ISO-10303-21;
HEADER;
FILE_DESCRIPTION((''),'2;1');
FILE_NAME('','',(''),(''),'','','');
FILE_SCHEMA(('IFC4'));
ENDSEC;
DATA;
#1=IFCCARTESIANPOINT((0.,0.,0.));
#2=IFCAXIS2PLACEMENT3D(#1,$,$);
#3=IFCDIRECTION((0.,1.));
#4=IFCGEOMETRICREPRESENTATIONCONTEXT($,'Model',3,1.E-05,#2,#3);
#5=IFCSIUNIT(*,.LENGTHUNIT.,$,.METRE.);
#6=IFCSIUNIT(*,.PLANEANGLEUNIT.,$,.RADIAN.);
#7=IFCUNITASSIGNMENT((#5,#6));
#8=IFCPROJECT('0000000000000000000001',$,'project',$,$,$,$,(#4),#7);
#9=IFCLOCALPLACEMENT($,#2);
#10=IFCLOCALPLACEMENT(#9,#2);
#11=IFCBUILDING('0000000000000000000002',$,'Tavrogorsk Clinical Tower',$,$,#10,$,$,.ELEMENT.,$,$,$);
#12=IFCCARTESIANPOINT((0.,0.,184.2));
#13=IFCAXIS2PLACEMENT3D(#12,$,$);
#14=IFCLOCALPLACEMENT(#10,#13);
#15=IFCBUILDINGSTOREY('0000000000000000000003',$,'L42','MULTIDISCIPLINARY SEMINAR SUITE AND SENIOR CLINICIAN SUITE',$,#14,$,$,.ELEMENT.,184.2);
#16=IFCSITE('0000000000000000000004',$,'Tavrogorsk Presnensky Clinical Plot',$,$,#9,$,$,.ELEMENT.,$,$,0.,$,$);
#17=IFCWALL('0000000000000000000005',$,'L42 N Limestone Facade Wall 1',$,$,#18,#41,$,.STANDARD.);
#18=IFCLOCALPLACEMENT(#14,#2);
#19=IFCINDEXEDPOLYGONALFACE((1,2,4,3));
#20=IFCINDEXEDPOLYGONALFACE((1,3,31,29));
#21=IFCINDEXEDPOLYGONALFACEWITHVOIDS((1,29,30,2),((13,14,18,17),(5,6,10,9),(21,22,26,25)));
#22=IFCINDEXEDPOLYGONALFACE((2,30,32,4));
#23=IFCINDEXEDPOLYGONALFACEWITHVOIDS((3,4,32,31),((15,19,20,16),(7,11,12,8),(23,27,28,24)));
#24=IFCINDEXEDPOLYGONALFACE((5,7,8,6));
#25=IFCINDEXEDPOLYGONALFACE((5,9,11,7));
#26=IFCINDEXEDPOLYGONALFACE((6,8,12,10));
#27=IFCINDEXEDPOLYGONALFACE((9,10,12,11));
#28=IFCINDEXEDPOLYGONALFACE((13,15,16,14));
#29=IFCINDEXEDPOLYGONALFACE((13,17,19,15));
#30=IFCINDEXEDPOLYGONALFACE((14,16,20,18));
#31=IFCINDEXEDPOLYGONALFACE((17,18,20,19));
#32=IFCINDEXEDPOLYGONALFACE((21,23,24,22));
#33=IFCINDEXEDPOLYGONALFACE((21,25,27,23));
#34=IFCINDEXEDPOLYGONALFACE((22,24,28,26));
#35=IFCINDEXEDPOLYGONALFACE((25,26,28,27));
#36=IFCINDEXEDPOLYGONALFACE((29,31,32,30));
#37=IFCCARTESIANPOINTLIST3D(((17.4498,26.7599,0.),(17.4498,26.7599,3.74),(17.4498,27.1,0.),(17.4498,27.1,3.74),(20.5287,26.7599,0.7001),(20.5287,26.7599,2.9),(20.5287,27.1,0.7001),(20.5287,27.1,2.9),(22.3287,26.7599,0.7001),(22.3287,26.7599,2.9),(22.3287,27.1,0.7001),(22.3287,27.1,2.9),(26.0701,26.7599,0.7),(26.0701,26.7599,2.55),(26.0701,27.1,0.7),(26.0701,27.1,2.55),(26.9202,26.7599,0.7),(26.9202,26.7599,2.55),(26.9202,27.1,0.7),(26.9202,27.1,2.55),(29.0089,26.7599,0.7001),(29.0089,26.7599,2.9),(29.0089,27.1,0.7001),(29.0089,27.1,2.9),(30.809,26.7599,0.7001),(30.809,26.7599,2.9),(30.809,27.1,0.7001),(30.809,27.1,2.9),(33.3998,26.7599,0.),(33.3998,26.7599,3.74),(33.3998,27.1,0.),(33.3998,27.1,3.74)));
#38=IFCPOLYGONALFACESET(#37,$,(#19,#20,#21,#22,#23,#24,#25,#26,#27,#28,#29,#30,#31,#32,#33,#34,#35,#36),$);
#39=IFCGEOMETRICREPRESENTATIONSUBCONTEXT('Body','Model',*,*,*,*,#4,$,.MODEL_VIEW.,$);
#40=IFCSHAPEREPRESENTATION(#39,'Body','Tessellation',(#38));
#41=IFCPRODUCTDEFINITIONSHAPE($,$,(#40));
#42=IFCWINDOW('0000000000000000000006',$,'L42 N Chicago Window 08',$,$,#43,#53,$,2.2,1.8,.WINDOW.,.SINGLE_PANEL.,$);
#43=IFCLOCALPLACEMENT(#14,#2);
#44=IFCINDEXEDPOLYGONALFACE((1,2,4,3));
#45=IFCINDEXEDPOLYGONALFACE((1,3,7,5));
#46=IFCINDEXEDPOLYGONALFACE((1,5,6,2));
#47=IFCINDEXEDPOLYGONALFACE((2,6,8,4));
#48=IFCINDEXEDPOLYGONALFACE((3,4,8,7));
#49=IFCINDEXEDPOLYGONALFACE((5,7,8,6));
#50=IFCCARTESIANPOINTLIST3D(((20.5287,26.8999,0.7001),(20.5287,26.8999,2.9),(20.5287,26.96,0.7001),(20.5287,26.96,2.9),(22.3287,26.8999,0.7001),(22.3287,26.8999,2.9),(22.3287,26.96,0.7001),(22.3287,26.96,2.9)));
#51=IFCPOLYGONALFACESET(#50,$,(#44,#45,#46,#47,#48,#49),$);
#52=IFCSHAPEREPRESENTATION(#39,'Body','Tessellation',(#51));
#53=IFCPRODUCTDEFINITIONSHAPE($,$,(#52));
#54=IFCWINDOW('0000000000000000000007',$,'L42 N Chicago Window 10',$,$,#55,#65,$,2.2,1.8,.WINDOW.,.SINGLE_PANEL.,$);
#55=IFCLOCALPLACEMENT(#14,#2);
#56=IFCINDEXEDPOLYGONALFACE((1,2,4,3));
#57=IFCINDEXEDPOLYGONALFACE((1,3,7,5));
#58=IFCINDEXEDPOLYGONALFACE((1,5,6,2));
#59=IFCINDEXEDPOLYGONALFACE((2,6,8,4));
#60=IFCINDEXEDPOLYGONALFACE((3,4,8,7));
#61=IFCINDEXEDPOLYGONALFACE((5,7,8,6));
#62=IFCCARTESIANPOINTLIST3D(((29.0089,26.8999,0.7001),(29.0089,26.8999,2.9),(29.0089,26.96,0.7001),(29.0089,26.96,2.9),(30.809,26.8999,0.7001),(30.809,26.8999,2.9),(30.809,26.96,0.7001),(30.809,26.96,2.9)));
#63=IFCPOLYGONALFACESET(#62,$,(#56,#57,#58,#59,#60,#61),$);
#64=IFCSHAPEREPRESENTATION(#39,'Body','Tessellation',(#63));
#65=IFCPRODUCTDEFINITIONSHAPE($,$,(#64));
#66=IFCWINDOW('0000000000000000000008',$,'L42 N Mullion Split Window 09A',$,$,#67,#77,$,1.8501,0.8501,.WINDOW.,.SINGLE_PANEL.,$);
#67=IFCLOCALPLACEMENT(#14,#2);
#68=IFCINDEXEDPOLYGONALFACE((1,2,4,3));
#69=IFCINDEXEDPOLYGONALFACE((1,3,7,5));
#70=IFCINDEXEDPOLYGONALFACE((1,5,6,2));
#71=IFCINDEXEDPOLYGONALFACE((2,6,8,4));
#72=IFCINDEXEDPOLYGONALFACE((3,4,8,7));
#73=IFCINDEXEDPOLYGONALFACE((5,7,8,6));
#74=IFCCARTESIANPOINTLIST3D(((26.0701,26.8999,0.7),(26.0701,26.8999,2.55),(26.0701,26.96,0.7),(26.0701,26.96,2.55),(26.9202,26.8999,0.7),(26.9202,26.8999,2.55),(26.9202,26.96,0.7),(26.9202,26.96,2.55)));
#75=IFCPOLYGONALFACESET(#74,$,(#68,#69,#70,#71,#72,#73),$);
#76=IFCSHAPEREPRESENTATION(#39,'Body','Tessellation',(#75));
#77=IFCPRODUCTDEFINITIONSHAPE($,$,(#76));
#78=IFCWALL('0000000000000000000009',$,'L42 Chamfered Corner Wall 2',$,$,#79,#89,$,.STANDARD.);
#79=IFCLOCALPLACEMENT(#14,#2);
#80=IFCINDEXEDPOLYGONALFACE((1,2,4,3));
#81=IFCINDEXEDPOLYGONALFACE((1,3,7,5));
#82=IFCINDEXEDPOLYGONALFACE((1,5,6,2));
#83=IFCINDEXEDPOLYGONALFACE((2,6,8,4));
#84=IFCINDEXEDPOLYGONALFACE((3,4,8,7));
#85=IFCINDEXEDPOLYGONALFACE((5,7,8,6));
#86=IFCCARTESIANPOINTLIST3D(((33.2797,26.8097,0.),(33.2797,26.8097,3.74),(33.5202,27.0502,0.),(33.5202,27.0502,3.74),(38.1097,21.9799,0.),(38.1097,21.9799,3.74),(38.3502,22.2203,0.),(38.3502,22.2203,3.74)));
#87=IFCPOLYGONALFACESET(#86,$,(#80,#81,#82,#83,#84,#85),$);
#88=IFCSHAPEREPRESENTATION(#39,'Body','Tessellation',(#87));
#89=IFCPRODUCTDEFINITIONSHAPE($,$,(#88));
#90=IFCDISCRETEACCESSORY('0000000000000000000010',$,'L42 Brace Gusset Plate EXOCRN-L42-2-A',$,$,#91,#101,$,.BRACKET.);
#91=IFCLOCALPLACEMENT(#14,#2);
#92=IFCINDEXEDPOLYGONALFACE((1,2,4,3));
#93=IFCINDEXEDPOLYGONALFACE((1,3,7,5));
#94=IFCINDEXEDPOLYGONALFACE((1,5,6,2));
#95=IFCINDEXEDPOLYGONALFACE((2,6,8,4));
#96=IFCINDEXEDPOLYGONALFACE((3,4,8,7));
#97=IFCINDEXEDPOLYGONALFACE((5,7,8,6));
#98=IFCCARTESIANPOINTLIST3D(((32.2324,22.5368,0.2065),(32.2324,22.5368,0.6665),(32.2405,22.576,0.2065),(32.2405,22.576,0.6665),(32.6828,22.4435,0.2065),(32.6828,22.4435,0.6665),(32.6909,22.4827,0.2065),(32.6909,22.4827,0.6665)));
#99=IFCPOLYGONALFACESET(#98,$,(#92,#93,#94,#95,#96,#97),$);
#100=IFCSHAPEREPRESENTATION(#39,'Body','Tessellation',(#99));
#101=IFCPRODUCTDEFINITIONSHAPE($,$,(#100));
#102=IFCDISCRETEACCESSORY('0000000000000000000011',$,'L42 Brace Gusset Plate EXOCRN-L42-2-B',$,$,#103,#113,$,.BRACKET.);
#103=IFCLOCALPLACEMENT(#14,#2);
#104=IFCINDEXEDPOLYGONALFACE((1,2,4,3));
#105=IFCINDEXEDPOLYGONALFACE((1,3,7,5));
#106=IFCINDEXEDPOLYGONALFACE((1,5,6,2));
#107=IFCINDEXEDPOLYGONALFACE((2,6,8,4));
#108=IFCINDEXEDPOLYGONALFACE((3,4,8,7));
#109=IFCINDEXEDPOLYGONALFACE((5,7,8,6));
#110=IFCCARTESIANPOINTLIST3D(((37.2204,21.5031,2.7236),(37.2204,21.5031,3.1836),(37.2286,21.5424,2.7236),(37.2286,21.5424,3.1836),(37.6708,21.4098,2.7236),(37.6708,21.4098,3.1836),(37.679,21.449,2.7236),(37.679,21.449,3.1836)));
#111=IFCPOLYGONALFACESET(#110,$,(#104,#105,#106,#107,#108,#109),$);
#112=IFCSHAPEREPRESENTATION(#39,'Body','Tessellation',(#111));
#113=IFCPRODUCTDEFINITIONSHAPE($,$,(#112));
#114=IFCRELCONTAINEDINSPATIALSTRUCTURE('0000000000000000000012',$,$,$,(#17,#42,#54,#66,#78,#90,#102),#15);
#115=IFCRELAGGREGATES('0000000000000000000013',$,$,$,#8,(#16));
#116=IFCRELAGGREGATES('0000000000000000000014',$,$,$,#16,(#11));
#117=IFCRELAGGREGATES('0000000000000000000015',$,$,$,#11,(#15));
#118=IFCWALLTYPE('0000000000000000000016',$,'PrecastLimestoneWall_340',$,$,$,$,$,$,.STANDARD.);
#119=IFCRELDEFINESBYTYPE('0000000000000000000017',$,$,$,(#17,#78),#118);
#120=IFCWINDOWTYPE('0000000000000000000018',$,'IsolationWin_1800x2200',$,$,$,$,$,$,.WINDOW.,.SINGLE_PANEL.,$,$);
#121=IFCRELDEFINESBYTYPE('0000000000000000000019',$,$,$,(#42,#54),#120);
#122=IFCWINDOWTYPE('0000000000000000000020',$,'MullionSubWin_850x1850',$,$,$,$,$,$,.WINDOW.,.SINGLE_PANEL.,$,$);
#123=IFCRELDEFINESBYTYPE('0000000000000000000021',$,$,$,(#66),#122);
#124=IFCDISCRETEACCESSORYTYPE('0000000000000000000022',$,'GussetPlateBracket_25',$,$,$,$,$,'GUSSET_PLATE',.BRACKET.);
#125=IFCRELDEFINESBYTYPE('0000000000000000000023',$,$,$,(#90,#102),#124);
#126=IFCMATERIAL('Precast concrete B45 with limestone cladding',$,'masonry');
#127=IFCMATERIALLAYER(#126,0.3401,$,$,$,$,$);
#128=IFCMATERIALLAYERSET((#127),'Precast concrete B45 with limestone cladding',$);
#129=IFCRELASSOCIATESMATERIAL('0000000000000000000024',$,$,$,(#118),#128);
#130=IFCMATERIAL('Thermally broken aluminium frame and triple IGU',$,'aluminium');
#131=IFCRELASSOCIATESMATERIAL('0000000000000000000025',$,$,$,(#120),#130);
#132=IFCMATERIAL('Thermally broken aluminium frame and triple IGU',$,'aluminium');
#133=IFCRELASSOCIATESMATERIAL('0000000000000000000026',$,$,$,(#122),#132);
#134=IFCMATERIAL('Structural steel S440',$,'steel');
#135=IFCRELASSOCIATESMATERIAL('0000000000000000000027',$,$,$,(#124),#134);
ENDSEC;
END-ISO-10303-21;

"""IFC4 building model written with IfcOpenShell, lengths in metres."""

from ifc_helpers import new_model, si_unit, direction, frame, frame_2d, origin, origin_2d, place, context, subcontext, project, spatial, rectangle, extrude, material, layer, layer_set, type_object, element, fill, save


model = new_model("IFC4")

# Units and contexts
model_context = context("Model", 3, precision=1e-05, world=origin(), true_north=direction((0.0, 1.0)))
body_context = subcontext(model_context, "Body", "Model", "MODEL_VIEW")
ifc_project = project(units=[si_unit("LENGTHUNIT", "METRE"), si_unit("PLANEANGLEUNIT", "RADIAN")], contexts=[model_context])

# Site, building, storey
site_placement = place(None, origin())
site = spatial("IfcSite", under=ifc_project, at=site_placement, Name="Tavrogorsk Presnensky Clinical Plot", CompositionType="ELEMENT", RefElevation=0.0)
building_placement = place(site_placement, origin())
building = spatial("IfcBuilding", under=site, at=building_placement, Name="Tavrogorsk Clinical Tower", CompositionType="ELEMENT")
storey_placement = place(building_placement, frame((0.0, 0.0, 184.2)))
storey = spatial("IfcBuildingStorey", under=building, at=storey_placement, Name="L42", Description="MULTIDISCIPLINARY SEMINAR SUITE AND SENIOR CLINICIAN SUITE", CompositionType="ELEMENT", Elevation=184.2)

# Wall, openings, windows
ifc_material_1 = material(Name="Precast concrete B45 with limestone cladding", Category="masonry")
ifc_layer_1 = layer(ifc_material_1, 0.3401)
ifc_layer_set_1 = layer_set([ifc_layer_1], Name="Precast concrete B45 with limestone cladding")
wall_type_1 = type_object("IfcWallType", Name="PrecastLimestoneWall_340", PredefinedType="STANDARD", material=ifc_layer_set_1)
wall_1_placement = place(storey_placement, frame((33.3999, 26.9299, 0.0), z_axis=(0.0, 0.0, 1.0), x_axis=(-1.0, 0.0, 0.0)))
wall_1 = element("IfcWall", 1, at=wall_1_placement, inside=storey, type_object=wall_type_1, Name="L42 N Limestone Facade Wall 1", PredefinedType="STANDARD", context=body_context, shape_type="SweptSolid", body=[
    extrude(rectangle(XDim=15.95, YDim=0.3401, at=frame_2d((7.9751, 0.0))), origin(), (0.0, 0.0, 1.0), 3.74),
])
opening_1_placement = place(wall_1_placement, frame((11.0713, 0.0, 0.7)))
opening_1 = element("IfcOpeningElement", 2, at=opening_1_placement, cuts=wall_1, PredefinedType="OPENING", context=body_context, shape_type="SweptSolid", body=[
    extrude(rectangle(XDim=1.8, YDim=2.2, at=frame_2d((0.8999, 1.1001))), frame((0.0, 0.1799, 0.0), z_axis=(0.0, -1.0, 0.0), x_axis=(1.0, 0.0, 0.0)), (0.0, 0.0, 1.0), 0.3601),
])
opening_2_placement = place(wall_1_placement, frame((6.4797, 0.0, 0.7)))
opening_2 = element("IfcOpeningElement", 3, at=opening_2_placement, cuts=wall_1, PredefinedType="OPENING", context=body_context, shape_type="SweptSolid", body=[
    extrude(rectangle(XDim=0.8501, YDim=1.8501, at=frame_2d((0.425, 0.925))), frame((0.0, 0.1799, 0.0), z_axis=(0.0, -1.0, 0.0), x_axis=(1.0, 0.0, 0.0)), (0.0, 0.0, 1.0), 0.3601),
])
opening_3_placement = place(wall_1_placement, frame((2.5911, 0.0, 0.7)))
opening_3 = element("IfcOpeningElement", 4, at=opening_3_placement, cuts=wall_1, PredefinedType="OPENING", context=body_context, shape_type="SweptSolid", body=[
    extrude(rectangle(XDim=1.8, YDim=2.2, at=frame_2d((0.8999, 1.1001))), frame((0.0, 0.1799, 0.0), z_axis=(0.0, -1.0, 0.0), x_axis=(1.0, 0.0, 0.0)), (0.0, 0.0, 1.0), 0.3601),
])
ifc_material_2 = material(Name="Thermally broken aluminium frame and triple IGU", Category="aluminium")
window_type_1 = type_object("IfcWindowType", Name="IsolationWin_1800x2200", PartitioningType="SINGLE_PANEL", PredefinedType="WINDOW", material=ifc_material_2)
window_1_placement = place(opening_1_placement, origin())
window_1 = element("IfcWindow", 5, at=window_1_placement, inside=storey, type_object=window_type_1, Name="L42 N Chicago Window 08", OverallHeight=2.2, OverallWidth=1.8, PartitioningType="SINGLE_PANEL", PredefinedType="WINDOW", context=body_context, shape_type="SweptSolid", body=[
    extrude(rectangle(XDim=1.8, YDim=2.2, at=frame_2d((0.8999, 1.1001))), frame((0.0, 0.03, 0.0), z_axis=(0.0, -1.0, 0.0), x_axis=(1.0, 0.0, 0.0)), (0.0, 0.0, 1.0), 0.0601),
])
fill(opening_1, window_1)
window_2_placement = place(opening_3_placement, origin())
window_2 = element("IfcWindow", 6, at=window_2_placement, inside=storey, type_object=window_type_1, Name="L42 N Chicago Window 10", OverallHeight=2.2, OverallWidth=1.8, PartitioningType="SINGLE_PANEL", PredefinedType="WINDOW", context=body_context, shape_type="SweptSolid", body=[
    extrude(rectangle(XDim=1.8, YDim=2.2, at=frame_2d((0.8999, 1.1001))), frame((0.0, 0.03, 0.0), z_axis=(0.0, -1.0, 0.0), x_axis=(1.0, 0.0, 0.0)), (0.0, 0.0, 1.0), 0.0601),
])
fill(opening_3, window_2)
ifc_material_3 = material(Name="Thermally broken aluminium frame and triple IGU", Category="aluminium")
window_type_2 = type_object("IfcWindowType", Name="MullionSubWin_850x1850", PartitioningType="SINGLE_PANEL", PredefinedType="WINDOW", material=ifc_material_3)
window_3_placement = place(opening_2_placement, origin())
window_3 = element("IfcWindow", 7, at=window_3_placement, inside=storey, type_object=window_type_2, Name="L42 N Mullion Split Window 09A", OverallHeight=1.8501, OverallWidth=0.8501, PartitioningType="SINGLE_PANEL", PredefinedType="WINDOW", context=body_context, shape_type="SweptSolid", body=[
    extrude(rectangle(XDim=0.8501, YDim=1.8501, at=frame_2d((0.425, 0.925))), frame((0.0, 0.03, 0.0), z_axis=(0.0, -1.0, 0.0), x_axis=(1.0, 0.0, 0.0)), (0.0, 0.0, 1.0), 0.0601),
])
fill(opening_2, window_3)

# Wall
wall_2_placement = place(storey_placement, frame((38.23, 22.1001, 0.0), z_axis=(0.0, 0.0, 1.0), x_axis=(-0.707125, 0.707089, 0.0)))
element("IfcWall", 8, at=wall_2_placement, inside=storey, type_object=wall_type_1, Name="L42 Chamfered Corner Wall 2", PredefinedType="STANDARD", context=body_context, shape_type="SweptSolid", body=[
    extrude(rectangle(XDim=6.8306, YDim=0.3401, at=frame_2d((3.4153, 0.0))), origin(), (0.0, 0.0, 1.0), 3.74),
])

# Discrete accessories
ifc_material_4 = material(Name="Structural steel S440", Category="steel")
discrete_accessory_type = type_object("IfcDiscreteAccessoryType", Name="GussetPlateBracket_25", ElementType="GUSSET_PLATE", PredefinedType="BRACKET", material=ifc_material_4)
for number, where, z_axis, x_axis, name in (
    (9, (32.4617, 22.5098, 0.2065), (0.0, 0.0, 1.0), (0.979187, -0.202958, 0.0), "L42 Brace Gusset Plate EXOCRN-L42-2-A"),
    (10, (37.4497, 21.4761, 2.7236), (0.0, 0.0, 1.0), (0.979187, -0.202958, 0.0), "L42 Brace Gusset Plate EXOCRN-L42-2-B"),
):
    element("IfcDiscreteAccessory", number, at=place(storey_placement, frame(where, z_axis=z_axis, x_axis=x_axis)), inside=storey, type_object=discrete_accessory_type, Name=name, PredefinedType="BRACKET", context=body_context, shape_type="SweptSolid", body=[
        extrude(rectangle(XDim=0.46, YDim=0.04, at=origin_2d()), origin(), (0.0, 0.0, 1.0), 0.46),
    ])

save(model, "model.ifc")
